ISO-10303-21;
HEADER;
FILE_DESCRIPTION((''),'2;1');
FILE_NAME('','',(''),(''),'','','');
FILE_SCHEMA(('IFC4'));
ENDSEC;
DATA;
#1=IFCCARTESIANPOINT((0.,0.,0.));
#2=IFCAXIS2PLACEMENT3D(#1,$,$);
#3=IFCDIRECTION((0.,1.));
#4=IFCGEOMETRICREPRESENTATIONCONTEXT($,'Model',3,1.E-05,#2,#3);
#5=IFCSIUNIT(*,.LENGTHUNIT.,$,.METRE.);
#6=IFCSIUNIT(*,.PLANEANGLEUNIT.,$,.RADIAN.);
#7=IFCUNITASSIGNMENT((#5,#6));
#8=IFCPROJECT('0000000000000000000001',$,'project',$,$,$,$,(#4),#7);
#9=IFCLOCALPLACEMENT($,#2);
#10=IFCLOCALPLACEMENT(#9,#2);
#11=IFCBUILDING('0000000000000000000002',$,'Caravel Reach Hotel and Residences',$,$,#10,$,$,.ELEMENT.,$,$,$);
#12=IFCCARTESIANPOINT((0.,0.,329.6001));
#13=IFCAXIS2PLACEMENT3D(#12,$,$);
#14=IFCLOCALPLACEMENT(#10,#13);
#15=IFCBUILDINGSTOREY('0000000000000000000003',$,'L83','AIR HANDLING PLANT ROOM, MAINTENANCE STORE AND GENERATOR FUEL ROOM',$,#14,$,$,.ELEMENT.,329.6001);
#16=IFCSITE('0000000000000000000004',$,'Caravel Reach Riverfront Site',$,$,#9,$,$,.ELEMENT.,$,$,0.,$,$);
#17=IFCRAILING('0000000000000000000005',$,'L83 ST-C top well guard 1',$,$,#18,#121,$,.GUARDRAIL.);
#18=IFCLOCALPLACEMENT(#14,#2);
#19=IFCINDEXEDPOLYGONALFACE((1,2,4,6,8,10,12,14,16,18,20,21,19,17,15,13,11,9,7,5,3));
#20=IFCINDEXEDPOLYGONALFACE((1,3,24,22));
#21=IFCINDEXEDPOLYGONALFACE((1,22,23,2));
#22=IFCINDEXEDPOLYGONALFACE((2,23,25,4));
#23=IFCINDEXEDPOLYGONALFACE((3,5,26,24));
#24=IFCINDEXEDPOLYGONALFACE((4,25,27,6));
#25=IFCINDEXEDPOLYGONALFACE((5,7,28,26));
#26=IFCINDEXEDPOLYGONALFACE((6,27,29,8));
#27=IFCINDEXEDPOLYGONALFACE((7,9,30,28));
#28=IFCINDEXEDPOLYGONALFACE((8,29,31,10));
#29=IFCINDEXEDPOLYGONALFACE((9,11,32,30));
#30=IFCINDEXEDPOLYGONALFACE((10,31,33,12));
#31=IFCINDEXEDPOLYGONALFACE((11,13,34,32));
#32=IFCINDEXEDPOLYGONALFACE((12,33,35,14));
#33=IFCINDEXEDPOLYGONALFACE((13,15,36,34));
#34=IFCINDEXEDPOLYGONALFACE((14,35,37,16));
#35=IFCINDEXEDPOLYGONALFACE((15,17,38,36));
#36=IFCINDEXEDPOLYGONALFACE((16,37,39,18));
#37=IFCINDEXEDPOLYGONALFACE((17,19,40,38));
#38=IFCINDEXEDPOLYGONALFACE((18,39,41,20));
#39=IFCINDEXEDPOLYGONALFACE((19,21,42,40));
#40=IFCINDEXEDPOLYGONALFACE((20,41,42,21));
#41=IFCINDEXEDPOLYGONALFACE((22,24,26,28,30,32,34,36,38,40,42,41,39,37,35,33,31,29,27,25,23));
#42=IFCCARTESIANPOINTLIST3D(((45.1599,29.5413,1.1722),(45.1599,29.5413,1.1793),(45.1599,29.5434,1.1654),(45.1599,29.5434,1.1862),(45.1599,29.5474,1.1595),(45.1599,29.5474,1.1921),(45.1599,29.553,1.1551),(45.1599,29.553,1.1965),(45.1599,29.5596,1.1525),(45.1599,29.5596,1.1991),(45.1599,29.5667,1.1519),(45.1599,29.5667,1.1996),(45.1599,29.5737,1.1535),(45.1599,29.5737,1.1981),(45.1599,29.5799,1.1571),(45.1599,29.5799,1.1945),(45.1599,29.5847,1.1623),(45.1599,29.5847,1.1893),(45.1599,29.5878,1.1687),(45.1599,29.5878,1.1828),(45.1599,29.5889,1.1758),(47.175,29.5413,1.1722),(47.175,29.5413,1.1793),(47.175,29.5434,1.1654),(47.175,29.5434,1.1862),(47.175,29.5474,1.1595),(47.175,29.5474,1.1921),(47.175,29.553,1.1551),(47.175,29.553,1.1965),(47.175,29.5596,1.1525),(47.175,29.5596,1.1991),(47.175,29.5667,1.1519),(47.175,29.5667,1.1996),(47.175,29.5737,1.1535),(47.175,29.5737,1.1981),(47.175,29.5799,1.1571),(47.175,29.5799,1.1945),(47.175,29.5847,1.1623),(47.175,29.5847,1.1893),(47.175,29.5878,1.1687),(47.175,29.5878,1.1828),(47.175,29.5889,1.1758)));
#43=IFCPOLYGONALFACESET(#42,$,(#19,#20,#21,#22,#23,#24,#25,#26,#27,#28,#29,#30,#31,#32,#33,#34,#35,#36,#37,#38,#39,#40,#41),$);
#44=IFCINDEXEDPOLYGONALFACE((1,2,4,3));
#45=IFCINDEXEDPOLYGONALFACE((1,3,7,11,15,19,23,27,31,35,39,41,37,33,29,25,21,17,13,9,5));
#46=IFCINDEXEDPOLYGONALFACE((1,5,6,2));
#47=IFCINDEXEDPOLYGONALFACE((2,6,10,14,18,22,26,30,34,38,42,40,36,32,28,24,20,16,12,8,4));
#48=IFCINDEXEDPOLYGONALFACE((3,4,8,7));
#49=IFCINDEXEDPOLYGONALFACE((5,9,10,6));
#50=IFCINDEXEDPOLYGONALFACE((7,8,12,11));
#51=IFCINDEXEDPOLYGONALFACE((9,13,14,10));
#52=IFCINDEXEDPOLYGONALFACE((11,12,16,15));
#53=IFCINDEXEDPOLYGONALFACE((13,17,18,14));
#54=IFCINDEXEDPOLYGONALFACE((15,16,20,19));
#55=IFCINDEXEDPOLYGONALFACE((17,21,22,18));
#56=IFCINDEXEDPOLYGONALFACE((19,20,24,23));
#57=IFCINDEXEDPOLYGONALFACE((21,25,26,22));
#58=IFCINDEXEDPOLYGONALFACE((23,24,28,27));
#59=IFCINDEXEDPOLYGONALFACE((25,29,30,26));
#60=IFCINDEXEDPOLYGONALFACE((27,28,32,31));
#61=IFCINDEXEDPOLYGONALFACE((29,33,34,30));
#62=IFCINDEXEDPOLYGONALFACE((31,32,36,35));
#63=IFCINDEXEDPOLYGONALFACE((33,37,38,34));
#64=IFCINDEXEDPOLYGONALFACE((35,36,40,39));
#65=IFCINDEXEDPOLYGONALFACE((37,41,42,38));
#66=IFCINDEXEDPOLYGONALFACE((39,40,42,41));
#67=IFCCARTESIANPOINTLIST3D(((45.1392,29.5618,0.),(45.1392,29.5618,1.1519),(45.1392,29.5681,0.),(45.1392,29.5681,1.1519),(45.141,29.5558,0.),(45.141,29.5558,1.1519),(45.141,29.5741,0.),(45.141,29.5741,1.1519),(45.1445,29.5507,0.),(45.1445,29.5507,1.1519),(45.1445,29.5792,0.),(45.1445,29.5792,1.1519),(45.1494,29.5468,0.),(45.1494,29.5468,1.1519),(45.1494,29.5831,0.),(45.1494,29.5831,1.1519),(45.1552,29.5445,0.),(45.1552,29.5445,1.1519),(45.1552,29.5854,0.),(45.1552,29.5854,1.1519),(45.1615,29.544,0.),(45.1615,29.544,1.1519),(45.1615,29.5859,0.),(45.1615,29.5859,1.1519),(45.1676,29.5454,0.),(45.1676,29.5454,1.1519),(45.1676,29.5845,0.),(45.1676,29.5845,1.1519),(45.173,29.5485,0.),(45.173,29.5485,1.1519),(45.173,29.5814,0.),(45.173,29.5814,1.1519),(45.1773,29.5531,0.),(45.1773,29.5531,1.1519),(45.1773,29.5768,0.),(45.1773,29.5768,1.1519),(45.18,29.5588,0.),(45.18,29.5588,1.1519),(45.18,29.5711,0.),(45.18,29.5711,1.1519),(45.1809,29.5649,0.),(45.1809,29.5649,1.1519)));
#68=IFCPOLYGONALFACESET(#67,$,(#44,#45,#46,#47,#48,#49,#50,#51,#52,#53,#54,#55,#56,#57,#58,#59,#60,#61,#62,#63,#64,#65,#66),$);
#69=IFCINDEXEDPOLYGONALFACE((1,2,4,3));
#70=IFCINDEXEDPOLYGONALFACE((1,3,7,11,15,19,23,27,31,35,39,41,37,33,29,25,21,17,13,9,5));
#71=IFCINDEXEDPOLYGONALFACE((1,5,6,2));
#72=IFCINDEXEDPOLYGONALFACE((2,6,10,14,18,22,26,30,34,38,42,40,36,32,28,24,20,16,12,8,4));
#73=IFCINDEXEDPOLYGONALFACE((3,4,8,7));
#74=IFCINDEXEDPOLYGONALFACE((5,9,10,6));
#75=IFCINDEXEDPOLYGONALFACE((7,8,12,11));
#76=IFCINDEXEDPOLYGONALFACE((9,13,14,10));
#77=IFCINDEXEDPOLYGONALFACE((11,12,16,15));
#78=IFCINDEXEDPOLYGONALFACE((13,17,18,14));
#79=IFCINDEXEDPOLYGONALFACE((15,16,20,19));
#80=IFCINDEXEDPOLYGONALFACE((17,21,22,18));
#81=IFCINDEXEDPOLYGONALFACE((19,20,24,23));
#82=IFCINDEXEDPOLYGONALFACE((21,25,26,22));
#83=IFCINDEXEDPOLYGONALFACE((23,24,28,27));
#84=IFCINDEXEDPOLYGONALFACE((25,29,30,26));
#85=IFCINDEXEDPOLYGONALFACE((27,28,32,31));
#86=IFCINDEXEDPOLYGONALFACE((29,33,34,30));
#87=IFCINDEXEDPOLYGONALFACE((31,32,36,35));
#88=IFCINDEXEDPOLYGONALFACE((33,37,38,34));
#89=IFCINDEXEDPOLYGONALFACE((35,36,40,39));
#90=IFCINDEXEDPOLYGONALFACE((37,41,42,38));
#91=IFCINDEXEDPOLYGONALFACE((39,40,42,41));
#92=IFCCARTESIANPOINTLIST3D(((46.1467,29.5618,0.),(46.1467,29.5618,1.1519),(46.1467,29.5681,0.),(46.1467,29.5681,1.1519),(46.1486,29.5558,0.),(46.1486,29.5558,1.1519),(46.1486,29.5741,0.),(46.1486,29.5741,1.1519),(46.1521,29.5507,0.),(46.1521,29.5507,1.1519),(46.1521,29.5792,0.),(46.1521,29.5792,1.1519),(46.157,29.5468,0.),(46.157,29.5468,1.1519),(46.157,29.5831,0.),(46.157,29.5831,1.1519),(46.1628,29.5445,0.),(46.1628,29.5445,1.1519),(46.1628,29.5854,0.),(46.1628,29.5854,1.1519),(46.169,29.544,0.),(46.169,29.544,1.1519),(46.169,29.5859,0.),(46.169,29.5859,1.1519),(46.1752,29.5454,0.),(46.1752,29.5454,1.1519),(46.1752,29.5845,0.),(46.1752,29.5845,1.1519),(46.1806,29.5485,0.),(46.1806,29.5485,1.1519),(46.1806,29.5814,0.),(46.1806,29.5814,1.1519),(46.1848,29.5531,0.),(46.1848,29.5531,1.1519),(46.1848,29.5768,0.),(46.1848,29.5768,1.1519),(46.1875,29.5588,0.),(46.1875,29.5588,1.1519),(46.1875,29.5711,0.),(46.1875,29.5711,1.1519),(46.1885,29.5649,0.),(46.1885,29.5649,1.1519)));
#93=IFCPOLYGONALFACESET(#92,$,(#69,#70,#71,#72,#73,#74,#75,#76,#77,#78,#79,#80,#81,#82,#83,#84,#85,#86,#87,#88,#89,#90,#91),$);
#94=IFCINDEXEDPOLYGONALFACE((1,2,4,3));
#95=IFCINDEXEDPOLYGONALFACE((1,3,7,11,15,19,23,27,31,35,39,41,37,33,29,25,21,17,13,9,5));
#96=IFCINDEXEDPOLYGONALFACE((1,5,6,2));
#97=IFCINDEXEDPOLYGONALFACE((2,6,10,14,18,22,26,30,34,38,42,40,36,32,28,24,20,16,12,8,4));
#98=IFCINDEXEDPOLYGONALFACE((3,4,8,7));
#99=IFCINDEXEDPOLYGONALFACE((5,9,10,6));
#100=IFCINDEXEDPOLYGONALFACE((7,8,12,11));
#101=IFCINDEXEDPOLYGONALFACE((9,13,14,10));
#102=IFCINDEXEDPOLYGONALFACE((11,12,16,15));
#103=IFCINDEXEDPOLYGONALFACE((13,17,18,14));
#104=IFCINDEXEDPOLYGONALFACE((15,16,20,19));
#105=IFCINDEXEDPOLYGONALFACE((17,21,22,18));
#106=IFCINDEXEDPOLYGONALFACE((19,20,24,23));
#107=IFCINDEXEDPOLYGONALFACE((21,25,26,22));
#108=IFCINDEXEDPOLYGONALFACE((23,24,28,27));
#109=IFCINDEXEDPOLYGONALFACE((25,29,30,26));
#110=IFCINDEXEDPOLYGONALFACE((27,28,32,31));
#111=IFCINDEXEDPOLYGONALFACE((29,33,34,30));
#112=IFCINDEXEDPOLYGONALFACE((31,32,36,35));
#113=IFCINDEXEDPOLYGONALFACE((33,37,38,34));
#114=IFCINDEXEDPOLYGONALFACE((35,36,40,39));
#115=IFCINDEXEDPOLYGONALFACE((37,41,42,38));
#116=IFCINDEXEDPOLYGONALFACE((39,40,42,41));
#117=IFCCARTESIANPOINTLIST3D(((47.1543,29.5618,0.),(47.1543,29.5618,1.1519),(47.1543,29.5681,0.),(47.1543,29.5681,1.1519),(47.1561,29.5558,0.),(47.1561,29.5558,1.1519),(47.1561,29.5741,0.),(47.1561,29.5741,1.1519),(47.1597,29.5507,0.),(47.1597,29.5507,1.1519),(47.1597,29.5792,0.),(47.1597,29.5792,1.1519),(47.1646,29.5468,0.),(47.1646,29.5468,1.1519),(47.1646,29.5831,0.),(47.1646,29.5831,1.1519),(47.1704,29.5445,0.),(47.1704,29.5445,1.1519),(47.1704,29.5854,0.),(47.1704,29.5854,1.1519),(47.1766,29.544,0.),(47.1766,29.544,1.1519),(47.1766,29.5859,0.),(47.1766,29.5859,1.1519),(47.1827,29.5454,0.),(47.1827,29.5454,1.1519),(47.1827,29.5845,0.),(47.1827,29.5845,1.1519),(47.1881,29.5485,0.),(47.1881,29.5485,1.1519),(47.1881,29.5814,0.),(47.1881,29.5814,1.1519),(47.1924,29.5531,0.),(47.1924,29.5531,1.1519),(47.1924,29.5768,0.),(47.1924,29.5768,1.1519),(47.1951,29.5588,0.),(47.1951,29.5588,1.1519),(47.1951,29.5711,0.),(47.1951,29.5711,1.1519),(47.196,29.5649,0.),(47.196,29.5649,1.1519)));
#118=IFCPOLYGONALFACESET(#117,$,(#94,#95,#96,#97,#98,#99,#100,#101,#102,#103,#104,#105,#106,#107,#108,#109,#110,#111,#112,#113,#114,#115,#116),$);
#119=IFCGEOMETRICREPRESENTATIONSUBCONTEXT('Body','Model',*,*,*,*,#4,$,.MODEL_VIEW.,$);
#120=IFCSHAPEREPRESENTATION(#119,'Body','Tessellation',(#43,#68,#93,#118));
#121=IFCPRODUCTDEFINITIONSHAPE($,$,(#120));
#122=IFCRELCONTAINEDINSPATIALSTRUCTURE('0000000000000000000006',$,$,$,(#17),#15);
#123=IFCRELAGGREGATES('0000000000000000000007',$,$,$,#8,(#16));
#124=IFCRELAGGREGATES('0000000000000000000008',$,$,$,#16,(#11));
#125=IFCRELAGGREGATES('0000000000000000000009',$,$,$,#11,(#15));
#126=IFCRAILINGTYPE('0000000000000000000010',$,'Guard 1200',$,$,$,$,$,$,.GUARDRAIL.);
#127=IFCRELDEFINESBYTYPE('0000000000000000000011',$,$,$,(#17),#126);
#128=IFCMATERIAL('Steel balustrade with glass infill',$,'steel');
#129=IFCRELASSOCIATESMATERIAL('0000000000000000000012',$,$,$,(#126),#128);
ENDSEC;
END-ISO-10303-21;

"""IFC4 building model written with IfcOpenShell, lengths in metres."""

from ifc_helpers import new_model, si_unit, direction, frame, origin, origin_2d, place, context, subcontext, project, spatial, circle, extrude, material, type_object, element, save


model = new_model("IFC4")

# Units and contexts
model_context = context("Model", 3, precision=1e-05, world=origin(), true_north=direction((0.0, 1.0)))
body_context = subcontext(model_context, "Body", "Model", "MODEL_VIEW")
ifc_project = project(units=[si_unit("LENGTHUNIT", "METRE"), si_unit("PLANEANGLEUNIT", "RADIAN")], contexts=[model_context])

# Site, building, storey
site_placement = place(None, origin())
site = spatial("IfcSite", under=ifc_project, at=site_placement, Name="Caravel Reach Riverfront Site", CompositionType="ELEMENT", RefElevation=0.0)
building_placement = place(site_placement, origin())
building = spatial("IfcBuilding", under=site, at=building_placement, Name="Caravel Reach Hotel and Residences", CompositionType="ELEMENT")
storey_placement = place(building_placement, frame((0.0, 0.0, 329.6001)))
storey = spatial("IfcBuildingStorey", under=building, at=storey_placement, Name="L83", Description="AIR HANDLING PLANT ROOM, MAINTENANCE STORE AND GENERATOR FUEL ROOM", CompositionType="ELEMENT", Elevation=329.6001)

# Railing
ifc_material_1 = material(Name="Steel balustrade with glass infill", Category="steel")
railing_type = type_object("IfcRailingType", Name="Guard 1200", PredefinedType="GUARDRAIL", material=ifc_material_1)
railing_1_placement = place(storey_placement, frame((45.1599, 29.5649, 0.0)))
element("IfcRailing", 1, at=railing_1_placement, inside=storey, type_object=railing_type, Name="L83 ST-C top well guard 1", PredefinedType="GUARDRAIL", context=body_context, shape_type="SweptSolid", body=[
    extrude(circle(Radius=0.0239, at=origin_2d()), frame((0.0, 0.0, 1.1758), z_axis=(1.0, 0.0, 0.0), x_axis=(0.0, 1.0, 0.0)), (0.0, 0.0, 1.0), 2.0151),
    extrude(circle(Radius=0.021, at=origin_2d()), origin(), (0.0, 0.0, 1.0), 1.1519),
    extrude(circle(Radius=0.021, at=origin_2d()), frame((1.0076, 0.0, 0.0)), (0.0, 0.0, 1.0), 1.1519),
    extrude(circle(Radius=0.021, at=origin_2d()), frame((2.0151, 0.0, 0.0)), (0.0, 0.0, 1.0), 1.1519),
])

save(model, "model.ifc")
